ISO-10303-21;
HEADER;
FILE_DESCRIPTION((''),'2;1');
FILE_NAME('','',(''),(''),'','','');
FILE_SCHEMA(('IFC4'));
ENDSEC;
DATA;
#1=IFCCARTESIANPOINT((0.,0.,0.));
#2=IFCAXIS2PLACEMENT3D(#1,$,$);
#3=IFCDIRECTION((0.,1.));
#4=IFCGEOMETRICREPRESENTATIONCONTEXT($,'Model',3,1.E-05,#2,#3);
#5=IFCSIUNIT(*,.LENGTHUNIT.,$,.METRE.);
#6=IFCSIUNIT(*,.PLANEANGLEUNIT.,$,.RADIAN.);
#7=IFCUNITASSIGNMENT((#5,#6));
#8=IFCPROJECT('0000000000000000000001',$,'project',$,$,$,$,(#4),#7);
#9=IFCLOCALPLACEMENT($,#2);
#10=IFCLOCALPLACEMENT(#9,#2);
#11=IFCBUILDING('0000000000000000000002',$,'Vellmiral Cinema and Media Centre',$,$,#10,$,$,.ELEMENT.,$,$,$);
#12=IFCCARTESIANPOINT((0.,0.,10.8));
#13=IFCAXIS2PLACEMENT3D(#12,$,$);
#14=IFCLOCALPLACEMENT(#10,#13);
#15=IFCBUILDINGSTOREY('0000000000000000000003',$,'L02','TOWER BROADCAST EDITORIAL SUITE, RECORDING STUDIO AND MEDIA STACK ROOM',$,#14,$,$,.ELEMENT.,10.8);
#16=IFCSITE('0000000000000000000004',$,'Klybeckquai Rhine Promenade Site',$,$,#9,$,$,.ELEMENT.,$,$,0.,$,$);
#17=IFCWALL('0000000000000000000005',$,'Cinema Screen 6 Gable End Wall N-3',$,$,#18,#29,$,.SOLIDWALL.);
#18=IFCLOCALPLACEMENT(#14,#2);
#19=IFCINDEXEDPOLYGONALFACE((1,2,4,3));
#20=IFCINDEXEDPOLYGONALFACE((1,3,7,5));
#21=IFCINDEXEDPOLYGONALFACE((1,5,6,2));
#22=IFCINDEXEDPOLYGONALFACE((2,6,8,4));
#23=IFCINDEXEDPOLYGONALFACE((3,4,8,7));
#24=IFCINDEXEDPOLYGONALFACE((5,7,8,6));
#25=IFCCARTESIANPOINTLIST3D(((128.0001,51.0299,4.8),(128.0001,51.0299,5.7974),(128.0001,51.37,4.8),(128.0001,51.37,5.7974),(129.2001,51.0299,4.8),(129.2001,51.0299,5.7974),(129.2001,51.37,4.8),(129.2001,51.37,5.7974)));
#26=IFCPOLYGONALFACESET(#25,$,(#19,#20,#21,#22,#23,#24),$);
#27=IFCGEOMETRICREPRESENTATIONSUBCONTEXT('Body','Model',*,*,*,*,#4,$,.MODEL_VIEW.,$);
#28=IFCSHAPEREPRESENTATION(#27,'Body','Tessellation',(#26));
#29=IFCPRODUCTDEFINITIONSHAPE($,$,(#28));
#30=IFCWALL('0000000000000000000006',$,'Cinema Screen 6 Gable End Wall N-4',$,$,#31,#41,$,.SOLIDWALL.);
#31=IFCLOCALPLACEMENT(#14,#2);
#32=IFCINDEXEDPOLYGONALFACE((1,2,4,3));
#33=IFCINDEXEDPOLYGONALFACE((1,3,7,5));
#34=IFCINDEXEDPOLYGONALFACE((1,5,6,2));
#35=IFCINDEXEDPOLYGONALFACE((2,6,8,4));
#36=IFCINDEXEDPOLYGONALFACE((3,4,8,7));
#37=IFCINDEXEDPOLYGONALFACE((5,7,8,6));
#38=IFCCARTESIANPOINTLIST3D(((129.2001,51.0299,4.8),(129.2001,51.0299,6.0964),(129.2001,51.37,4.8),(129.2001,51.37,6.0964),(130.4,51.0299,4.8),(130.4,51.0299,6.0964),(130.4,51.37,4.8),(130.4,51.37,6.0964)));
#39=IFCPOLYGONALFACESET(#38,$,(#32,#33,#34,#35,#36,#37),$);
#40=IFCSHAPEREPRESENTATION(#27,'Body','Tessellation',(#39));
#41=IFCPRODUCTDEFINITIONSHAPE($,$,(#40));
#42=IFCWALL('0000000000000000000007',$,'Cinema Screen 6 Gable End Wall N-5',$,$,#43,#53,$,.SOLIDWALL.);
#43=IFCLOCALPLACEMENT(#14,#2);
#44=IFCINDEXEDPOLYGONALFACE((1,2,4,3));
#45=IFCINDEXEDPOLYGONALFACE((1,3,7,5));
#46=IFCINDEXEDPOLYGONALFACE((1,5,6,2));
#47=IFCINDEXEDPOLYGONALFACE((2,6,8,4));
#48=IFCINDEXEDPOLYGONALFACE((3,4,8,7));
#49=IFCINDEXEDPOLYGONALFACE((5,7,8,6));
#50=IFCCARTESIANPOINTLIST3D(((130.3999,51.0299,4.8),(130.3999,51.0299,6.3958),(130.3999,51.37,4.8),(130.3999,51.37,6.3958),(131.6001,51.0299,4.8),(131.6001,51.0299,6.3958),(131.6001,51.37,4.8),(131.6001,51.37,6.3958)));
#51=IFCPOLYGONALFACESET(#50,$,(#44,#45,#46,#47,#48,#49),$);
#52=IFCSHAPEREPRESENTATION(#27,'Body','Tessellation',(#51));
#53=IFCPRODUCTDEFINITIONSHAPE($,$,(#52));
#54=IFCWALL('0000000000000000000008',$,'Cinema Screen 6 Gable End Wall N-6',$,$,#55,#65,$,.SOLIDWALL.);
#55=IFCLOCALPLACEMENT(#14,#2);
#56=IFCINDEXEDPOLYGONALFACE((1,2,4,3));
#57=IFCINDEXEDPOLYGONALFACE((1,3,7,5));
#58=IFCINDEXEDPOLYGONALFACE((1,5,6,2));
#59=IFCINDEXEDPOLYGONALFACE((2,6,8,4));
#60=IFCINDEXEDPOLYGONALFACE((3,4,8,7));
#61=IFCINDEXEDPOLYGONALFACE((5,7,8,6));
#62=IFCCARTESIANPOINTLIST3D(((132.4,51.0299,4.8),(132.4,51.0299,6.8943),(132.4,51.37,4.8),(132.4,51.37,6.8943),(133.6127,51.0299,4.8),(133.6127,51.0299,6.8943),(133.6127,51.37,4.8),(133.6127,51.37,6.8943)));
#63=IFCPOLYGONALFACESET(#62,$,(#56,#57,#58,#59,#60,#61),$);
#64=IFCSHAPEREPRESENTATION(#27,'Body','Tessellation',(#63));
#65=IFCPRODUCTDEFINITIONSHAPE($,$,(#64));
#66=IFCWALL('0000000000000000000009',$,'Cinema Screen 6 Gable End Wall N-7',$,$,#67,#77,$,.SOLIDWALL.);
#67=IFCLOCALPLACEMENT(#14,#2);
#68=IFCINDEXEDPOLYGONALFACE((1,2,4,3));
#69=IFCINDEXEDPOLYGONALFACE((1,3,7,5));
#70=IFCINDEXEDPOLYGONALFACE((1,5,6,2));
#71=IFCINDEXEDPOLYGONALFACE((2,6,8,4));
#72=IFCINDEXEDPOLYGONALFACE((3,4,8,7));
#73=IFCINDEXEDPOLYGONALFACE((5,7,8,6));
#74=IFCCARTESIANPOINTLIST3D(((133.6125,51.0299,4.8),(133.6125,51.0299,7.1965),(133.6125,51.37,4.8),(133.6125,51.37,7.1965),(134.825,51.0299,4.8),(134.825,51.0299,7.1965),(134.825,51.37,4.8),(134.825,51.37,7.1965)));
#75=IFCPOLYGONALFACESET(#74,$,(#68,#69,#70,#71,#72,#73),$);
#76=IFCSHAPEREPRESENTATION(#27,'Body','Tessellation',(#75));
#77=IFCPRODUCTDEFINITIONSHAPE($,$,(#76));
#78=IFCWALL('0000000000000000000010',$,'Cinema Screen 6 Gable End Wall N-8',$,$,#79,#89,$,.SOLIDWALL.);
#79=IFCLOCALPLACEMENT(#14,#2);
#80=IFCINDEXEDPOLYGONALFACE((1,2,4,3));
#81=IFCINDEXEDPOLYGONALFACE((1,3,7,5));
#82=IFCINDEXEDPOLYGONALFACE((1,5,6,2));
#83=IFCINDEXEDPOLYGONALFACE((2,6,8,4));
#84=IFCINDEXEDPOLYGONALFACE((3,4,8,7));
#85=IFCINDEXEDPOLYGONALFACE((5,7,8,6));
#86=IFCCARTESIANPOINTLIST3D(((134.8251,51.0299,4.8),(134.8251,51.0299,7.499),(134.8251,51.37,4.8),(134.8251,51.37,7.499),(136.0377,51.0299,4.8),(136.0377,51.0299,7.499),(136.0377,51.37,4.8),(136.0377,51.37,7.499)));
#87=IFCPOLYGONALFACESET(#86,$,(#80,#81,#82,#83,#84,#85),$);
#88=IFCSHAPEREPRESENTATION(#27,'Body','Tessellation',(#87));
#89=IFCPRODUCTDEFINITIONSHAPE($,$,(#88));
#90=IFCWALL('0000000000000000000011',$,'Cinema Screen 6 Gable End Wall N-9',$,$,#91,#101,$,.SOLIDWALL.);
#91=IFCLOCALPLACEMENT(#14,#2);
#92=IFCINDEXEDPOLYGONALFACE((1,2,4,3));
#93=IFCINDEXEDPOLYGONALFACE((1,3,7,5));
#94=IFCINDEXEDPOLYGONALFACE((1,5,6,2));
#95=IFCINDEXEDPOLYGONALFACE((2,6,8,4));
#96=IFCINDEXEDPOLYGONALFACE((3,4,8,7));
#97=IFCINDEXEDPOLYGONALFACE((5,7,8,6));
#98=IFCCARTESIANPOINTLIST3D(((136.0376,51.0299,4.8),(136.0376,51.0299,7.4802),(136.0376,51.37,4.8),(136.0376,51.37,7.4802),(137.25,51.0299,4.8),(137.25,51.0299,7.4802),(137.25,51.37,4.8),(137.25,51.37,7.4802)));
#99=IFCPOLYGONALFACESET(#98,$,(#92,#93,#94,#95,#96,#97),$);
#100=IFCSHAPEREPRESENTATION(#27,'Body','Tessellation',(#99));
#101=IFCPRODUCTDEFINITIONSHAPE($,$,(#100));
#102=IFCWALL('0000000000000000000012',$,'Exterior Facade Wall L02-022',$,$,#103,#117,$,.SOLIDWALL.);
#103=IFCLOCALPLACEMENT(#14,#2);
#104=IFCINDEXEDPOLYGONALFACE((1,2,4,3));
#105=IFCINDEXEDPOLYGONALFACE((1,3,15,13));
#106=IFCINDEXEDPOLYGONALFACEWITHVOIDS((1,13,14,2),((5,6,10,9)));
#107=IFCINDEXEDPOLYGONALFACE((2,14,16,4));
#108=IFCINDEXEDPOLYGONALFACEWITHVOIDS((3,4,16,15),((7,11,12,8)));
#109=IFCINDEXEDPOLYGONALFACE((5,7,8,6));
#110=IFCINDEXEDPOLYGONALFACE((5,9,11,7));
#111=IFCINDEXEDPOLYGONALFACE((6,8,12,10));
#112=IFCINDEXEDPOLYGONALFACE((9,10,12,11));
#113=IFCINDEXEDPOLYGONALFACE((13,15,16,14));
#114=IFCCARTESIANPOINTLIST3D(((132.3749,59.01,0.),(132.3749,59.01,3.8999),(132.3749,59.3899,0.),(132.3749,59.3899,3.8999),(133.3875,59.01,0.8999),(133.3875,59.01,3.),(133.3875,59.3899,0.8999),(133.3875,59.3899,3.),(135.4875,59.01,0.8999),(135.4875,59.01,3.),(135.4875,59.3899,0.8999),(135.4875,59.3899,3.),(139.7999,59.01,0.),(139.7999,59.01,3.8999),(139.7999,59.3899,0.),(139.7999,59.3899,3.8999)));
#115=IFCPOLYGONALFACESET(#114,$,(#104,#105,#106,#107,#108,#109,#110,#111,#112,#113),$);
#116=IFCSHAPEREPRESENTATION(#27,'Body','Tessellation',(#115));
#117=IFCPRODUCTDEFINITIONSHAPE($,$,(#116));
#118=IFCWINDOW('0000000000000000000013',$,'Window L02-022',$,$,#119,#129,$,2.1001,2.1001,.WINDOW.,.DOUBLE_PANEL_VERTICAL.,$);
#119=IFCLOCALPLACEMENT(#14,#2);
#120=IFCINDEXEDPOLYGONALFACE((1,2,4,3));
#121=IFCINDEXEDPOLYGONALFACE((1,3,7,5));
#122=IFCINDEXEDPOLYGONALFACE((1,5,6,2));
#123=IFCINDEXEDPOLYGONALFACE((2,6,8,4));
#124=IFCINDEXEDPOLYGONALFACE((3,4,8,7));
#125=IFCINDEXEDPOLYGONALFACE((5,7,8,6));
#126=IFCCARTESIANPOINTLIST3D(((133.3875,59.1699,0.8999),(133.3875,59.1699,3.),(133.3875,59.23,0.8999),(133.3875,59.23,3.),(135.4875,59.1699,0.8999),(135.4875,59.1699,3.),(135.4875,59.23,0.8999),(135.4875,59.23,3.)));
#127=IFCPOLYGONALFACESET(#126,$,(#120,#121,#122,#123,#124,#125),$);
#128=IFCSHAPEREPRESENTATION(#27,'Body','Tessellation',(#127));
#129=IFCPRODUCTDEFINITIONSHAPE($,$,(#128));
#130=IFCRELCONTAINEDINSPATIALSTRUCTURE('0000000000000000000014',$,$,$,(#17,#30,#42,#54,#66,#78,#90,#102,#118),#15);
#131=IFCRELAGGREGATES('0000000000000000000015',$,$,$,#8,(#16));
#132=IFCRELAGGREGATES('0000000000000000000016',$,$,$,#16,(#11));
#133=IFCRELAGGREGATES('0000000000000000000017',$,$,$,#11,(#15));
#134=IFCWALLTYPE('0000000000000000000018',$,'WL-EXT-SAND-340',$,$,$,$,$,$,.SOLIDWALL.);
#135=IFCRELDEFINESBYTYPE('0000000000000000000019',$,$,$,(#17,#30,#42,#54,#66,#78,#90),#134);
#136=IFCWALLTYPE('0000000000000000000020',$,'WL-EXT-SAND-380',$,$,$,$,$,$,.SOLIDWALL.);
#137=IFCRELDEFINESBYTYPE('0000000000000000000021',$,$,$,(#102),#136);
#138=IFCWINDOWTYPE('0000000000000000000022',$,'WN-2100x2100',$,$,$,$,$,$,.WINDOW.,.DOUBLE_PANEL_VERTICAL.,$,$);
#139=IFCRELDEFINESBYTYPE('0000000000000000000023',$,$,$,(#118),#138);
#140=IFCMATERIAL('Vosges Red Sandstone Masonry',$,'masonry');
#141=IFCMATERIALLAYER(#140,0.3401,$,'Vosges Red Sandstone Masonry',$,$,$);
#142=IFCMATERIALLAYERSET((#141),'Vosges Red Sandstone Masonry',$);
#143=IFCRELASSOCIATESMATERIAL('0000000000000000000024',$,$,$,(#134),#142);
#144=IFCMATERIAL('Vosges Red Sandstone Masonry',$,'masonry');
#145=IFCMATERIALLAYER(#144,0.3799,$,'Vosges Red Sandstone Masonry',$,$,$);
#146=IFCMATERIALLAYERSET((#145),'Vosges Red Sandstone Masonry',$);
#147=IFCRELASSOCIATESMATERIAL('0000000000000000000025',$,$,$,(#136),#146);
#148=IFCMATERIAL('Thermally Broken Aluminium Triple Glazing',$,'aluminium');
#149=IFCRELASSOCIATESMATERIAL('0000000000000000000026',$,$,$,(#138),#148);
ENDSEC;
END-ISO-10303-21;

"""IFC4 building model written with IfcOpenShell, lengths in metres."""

from ifc_helpers import new_model, si_unit, direction, frame, frame_2d, origin, place, context, subcontext, project, spatial, rectangle, extrude, material, layer, layer_set, type_object, element, fill, save


model = new_model("IFC4")

# Units and contexts
model_context = context("Model", 3, precision=1e-05, world=origin(), true_north=direction((0.0, 1.0)))
body_context = subcontext(model_context, "Body", "Model", "MODEL_VIEW")
ifc_project = project(units=[si_unit("LENGTHUNIT", "METRE"), si_unit("PLANEANGLEUNIT", "RADIAN")], contexts=[model_context])

# Site, building, storey
site_placement = place(None, origin())
site = spatial("IfcSite", under=ifc_project, at=site_placement, Name="Klybeckquai Rhine Promenade Site", CompositionType="ELEMENT", RefElevation=0.0)
building_placement = place(site_placement, origin())
building = spatial("IfcBuilding", under=site, at=building_placement, Name="Vellmiral Cinema and Media Centre", CompositionType="ELEMENT")
storey_placement = place(building_placement, frame((0.0, 0.0, 10.8)))
storey = spatial("IfcBuildingStorey", under=building, at=storey_placement, Name="L02", Description="TOWER BROADCAST EDITORIAL SUITE, RECORDING STUDIO AND MEDIA STACK ROOM", CompositionType="ELEMENT", Elevation=10.8)

# Walls
ifc_material_1 = material(Name="Vosges Red Sandstone Masonry", Category="masonry")
ifc_layer_1 = layer(ifc_material_1, 0.3401, Name="Vosges Red Sandstone Masonry")
ifc_layer_set_1 = layer_set([ifc_layer_1], Name="Vosges Red Sandstone Masonry")
wall_type_1 = type_object("IfcWallType", Name="WL-EXT-SAND-340", PredefinedType="SOLIDWALL", material=ifc_layer_set_1)
wall_1_placement = place(storey_placement, frame((128.0, 51.2, 4.8), z_axis=(0.0, 0.0, 1.0), x_axis=(1.0, 0.0, 0.0)))
element("IfcWall", 1, at=wall_1_placement, inside=storey, type_object=wall_type_1, Name="Cinema Screen 6 Gable End Wall N-3", PredefinedType="SOLIDWALL", context=body_context, shape_type="SweptSolid", body=[
    extrude(rectangle(XDim=1.2, YDim=0.3401, at=frame_2d((0.6001, 0.0))), origin(), (0.0, 0.0, 1.0), 0.9973),
])
wall_2_placement = place(storey_placement, frame((129.2, 51.2, 4.8), z_axis=(0.0, 0.0, 1.0), x_axis=(1.0, 0.0, 0.0)))
element("IfcWall", 2, at=wall_2_placement, inside=storey, type_object=wall_type_1, Name="Cinema Screen 6 Gable End Wall N-4", PredefinedType="SOLIDWALL", context=body_context, shape_type="SweptSolid", body=[
    extrude(rectangle(XDim=1.2, YDim=0.3401, at=frame_2d((0.6001, 0.0))), origin(), (0.0, 0.0, 1.0), 1.2964),
])
wall_3_placement = place(storey_placement, frame((130.3999, 51.2, 4.8), z_axis=(0.0, 0.0, 1.0), x_axis=(1.0, 0.0, 0.0)))
element("IfcWall", 3, at=wall_3_placement, inside=storey, type_object=wall_type_1, Name="Cinema Screen 6 Gable End Wall N-5", PredefinedType="SOLIDWALL", context=body_context, shape_type="SweptSolid", body=[
    extrude(rectangle(XDim=1.2002, YDim=0.3401, at=frame_2d((0.6001, 0.0))), origin(), (0.0, 0.0, 1.0), 1.5957),
])
wall_4_placement = place(storey_placement, frame((132.3999, 51.2, 4.8), z_axis=(0.0, 0.0, 1.0), x_axis=(1.0, 0.0, 0.0)))
element("IfcWall", 4, at=wall_4_placement, inside=storey, type_object=wall_type_1, Name="Cinema Screen 6 Gable End Wall N-6", PredefinedType="SOLIDWALL", context=body_context, shape_type="SweptSolid", body=[
    extrude(rectangle(XDim=1.2126, YDim=0.3401, at=frame_2d((0.6064, 0.0))), origin(), (0.0, 0.0, 1.0), 2.0942),
])
wall_5_placement = place(storey_placement, frame((133.6125, 51.2, 4.8), z_axis=(0.0, 0.0, 1.0), x_axis=(1.0, 0.0, 0.0)))
element("IfcWall", 5, at=wall_5_placement, inside=storey, type_object=wall_type_1, Name="Cinema Screen 6 Gable End Wall N-7", PredefinedType="SOLIDWALL", context=body_context, shape_type="SweptSolid", body=[
    extrude(rectangle(XDim=1.2124, YDim=0.3401, at=frame_2d((0.6062, 0.0))), origin(), (0.0, 0.0, 1.0), 2.3965),
])
wall_6_placement = place(storey_placement, frame((134.825, 51.2, 4.8), z_axis=(0.0, 0.0, 1.0), x_axis=(1.0, 0.0, 0.0)))
element("IfcWall", 6, at=wall_6_placement, inside=storey, type_object=wall_type_1, Name="Cinema Screen 6 Gable End Wall N-8", PredefinedType="SOLIDWALL", context=body_context, shape_type="SweptSolid", body=[
    extrude(rectangle(XDim=1.2126, YDim=0.3401, at=frame_2d((0.6064, 0.0))), origin(), (0.0, 0.0, 1.0), 2.699),
])
wall_7_placement = place(storey_placement, frame((136.0376, 51.2, 4.8), z_axis=(0.0, 0.0, 1.0), x_axis=(1.0, 0.0, 0.0)))
element("IfcWall", 7, at=wall_7_placement, inside=storey, type_object=wall_type_1, Name="Cinema Screen 6 Gable End Wall N-9", PredefinedType="SOLIDWALL", context=body_context, shape_type="SweptSolid", body=[
    extrude(rectangle(XDim=1.2124, YDim=0.3401, at=frame_2d((0.6062, 0.0))), origin(), (0.0, 0.0, 1.0), 2.6802),
])

# Wall, opening, window
ifc_material_2 = material(Name="Vosges Red Sandstone Masonry", Category="masonry")
ifc_layer_2 = layer(ifc_material_2, 0.3799, Name="Vosges Red Sandstone Masonry")
ifc_layer_set_2 = layer_set([ifc_layer_2], Name="Vosges Red Sandstone Masonry")
wall_type_2 = type_object("IfcWallType", Name="WL-EXT-SAND-380", PredefinedType="SOLIDWALL", material=ifc_layer_set_2)
wall_8_placement = place(storey_placement, frame((132.375, 59.2, 0.0), z_axis=(0.0, 0.0, 1.0), x_axis=(1.0, 0.0, 0.0)))
wall_8 = element("IfcWall", 8, at=wall_8_placement, inside=storey, type_object=wall_type_2, Name="Exterior Facade Wall L02-022", PredefinedType="SOLIDWALL", context=body_context, shape_type="SweptSolid", body=[
    extrude(rectangle(XDim=7.425, YDim=0.3799, at=frame_2d((3.7124, 0.0))), origin(), (0.0, 0.0, 1.0), 3.8999),
])
opening_1_placement = place(wall_8_placement, frame((1.0125, 0.0, 0.8999)))
opening_1 = element("IfcOpeningElement", 9, at=opening_1_placement, cuts=wall_8, PredefinedType="OPENING", context=body_context, shape_type="SweptSolid", body=[
    extrude(rectangle(XDim=2.1001, YDim=2.1001, at=frame_2d((1.05, 1.05))), frame((0.0, 0.2019, 0.0), z_axis=(0.0, -1.0, 0.0), x_axis=(1.0, 0.0, 0.0)), (0.0, 0.0, 1.0), 0.4038),
])
ifc_material_3 = material(Name="Thermally Broken Aluminium Triple Glazing", Category="aluminium")
window_type_1 = type_object("IfcWindowType", Name="WN-2100x2100", PartitioningType="DOUBLE_PANEL_VERTICAL", PredefinedType="WINDOW", material=ifc_material_3)
window_1_placement = place(opening_1_placement, origin())
window_1 = element("IfcWindow", 10, at=window_1_placement, inside=storey, type_object=window_type_1, Name="Window L02-022", OverallHeight=2.1001, OverallWidth=2.1001, PartitioningType="DOUBLE_PANEL_VERTICAL", PredefinedType="WINDOW", context=body_context, shape_type="SweptSolid", body=[
    extrude(rectangle(XDim=2.1001, YDim=2.1001, at=frame_2d((1.05, 1.05))), frame((0.0, 0.03, 0.0), z_axis=(0.0, -1.0, 0.0), x_axis=(1.0, 0.0, 0.0)), (0.0, 0.0, 1.0), 0.0601),
])
fill(opening_1, window_1)

save(model, "model.ifc")
